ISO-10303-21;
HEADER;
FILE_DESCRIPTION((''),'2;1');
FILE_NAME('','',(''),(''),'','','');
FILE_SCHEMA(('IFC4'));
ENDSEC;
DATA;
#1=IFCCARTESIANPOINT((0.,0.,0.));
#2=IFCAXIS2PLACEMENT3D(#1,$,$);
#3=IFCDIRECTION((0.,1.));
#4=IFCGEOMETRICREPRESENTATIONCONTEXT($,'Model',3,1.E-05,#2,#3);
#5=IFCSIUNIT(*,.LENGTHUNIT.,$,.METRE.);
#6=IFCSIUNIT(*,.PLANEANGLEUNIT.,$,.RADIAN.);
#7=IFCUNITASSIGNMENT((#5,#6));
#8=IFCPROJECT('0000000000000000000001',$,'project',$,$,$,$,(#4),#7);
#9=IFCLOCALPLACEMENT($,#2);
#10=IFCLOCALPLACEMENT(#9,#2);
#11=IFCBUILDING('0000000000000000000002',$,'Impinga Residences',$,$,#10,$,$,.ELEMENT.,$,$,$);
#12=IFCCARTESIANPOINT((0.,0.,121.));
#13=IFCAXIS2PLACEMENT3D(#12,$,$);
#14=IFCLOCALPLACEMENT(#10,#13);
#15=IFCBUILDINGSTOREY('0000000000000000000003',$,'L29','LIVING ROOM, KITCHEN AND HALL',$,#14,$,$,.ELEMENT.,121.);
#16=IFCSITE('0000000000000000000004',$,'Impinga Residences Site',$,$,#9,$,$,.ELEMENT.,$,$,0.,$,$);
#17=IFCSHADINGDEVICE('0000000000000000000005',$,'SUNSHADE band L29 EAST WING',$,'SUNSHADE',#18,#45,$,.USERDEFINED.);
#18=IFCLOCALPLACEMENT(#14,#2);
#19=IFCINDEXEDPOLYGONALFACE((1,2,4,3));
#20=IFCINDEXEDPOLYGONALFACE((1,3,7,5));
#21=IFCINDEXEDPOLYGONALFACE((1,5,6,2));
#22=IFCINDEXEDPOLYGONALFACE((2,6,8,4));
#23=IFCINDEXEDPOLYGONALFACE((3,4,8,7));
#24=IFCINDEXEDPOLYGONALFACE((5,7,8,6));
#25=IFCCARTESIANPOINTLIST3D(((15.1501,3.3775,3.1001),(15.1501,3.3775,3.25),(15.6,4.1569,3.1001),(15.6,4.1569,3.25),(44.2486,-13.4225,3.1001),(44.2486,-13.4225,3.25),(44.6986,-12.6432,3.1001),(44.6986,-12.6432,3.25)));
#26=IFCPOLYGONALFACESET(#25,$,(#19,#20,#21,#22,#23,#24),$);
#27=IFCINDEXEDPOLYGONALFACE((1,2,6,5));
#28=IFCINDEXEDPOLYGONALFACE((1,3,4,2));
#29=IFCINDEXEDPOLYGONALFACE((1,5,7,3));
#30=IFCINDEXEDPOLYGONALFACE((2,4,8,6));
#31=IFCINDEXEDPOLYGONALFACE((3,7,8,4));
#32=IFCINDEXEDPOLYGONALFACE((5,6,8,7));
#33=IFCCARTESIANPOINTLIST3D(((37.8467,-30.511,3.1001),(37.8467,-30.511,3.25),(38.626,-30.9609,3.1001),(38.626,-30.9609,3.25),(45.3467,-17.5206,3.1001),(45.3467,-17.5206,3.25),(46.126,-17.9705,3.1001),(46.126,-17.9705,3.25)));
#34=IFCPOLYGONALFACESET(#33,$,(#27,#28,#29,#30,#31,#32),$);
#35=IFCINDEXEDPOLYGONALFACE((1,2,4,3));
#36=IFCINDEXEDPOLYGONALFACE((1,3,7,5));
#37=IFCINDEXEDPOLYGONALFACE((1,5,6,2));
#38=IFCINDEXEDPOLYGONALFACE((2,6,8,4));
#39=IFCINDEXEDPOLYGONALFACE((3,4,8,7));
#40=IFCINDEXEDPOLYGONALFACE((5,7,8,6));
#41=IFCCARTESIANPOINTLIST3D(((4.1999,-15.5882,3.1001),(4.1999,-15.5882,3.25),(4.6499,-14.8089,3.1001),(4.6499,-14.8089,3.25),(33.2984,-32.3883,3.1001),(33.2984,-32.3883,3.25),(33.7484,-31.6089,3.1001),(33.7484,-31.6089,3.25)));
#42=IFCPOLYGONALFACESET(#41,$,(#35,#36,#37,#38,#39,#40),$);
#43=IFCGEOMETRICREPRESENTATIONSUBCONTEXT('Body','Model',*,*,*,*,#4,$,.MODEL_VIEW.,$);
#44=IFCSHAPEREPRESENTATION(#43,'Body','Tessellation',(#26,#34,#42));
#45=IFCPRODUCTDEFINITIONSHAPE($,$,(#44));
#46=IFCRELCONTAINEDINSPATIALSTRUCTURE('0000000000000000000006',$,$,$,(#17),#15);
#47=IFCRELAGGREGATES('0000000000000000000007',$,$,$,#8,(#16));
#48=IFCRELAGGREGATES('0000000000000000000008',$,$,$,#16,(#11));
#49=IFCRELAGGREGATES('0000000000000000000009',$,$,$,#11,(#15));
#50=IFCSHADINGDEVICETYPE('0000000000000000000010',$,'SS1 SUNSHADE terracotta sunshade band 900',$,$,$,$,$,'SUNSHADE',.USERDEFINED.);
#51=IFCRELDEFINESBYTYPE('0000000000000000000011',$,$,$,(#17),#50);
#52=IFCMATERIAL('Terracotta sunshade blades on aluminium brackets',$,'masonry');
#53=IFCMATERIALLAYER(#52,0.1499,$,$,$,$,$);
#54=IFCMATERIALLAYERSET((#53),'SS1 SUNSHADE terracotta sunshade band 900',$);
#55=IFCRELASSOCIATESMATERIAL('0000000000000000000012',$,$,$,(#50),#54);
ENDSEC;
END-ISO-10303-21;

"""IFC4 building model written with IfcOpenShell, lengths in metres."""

from ifc_helpers import new_model, si_unit, direction, frame, origin, origin_2d, place, context, subcontext, project, spatial, rectangle, extrude, material, layer, layer_set, type_object, element, save


model = new_model("IFC4")

# Units and contexts
model_context = context("Model", 3, precision=1e-05, world=origin(), true_north=direction((0.0, 1.0)))
body_context = subcontext(model_context, "Body", "Model", "MODEL_VIEW")
ifc_project = project(units=[si_unit("LENGTHUNIT", "METRE"), si_unit("PLANEANGLEUNIT", "RADIAN")], contexts=[model_context])

# Site, building, storey
site_placement = place(None, origin())
site = spatial("IfcSite", under=ifc_project, at=site_placement, Name="Impinga Residences Site", CompositionType="ELEMENT", RefElevation=0.0)
building_placement = place(site_placement, origin())
building = spatial("IfcBuilding", under=site, at=building_placement, Name="Impinga Residences", CompositionType="ELEMENT")
storey_placement = place(building_placement, frame((0.0, 0.0, 121.0)))
storey = spatial("IfcBuildingStorey", under=building, at=storey_placement, Name="L29", Description="LIVING ROOM, KITCHEN AND HALL", CompositionType="ELEMENT", Elevation=121.0)

# Shading device
ifc_material_1 = material(Name="Terracotta sunshade blades on aluminium brackets", Category="masonry")
ifc_layer_1 = layer(ifc_material_1, 0.1499)
ifc_layer_set_1 = layer_set([ifc_layer_1], Name="SS1 SUNSHADE terracotta sunshade band 900")
shading_device_type = type_object("IfcShadingDeviceType", Name="SS1 SUNSHADE terracotta sunshade band 900", ElementType="SUNSHADE", PredefinedType="USERDEFINED", material=ifc_layer_set_1)
shading_device_placement = place(storey_placement, frame((29.9243, -4.6328, 3.1001), z_axis=(0.0, 0.0, 1.0), x_axis=(0.866025, -0.5, 0.0)))
element("IfcShadingDevice", 1, at=shading_device_placement, inside=storey, type_object=shading_device_type, Name="SUNSHADE band L29 EAST WING", ObjectType="SUNSHADE", PredefinedType="USERDEFINED", context=body_context, shape_type="SweptSolid", body=[
    extrude(rectangle(XDim=33.6001, YDim=0.8999, at=origin_2d()), origin(), (0.0, 0.0, 1.0), 0.1499),
    extrude(rectangle(XDim=15.0, YDim=0.8999, at=origin_2d()), frame((20.25, -10.95, 0.0), z_axis=(0.0, 0.0, 1.0), x_axis=(0.0, -1.0, 0.0)), (0.0, 0.0, 1.0), 0.1499),
    extrude(rectangle(XDim=33.6001, YDim=0.8999, at=origin_2d()), frame((-0.0002, -21.8999, 0.0), z_axis=(0.0, 0.0, 1.0), x_axis=(-1.0, 0.0, 0.0)), (0.0, 0.0, 1.0), 0.1499),
])

save(model, "model.ifc")
